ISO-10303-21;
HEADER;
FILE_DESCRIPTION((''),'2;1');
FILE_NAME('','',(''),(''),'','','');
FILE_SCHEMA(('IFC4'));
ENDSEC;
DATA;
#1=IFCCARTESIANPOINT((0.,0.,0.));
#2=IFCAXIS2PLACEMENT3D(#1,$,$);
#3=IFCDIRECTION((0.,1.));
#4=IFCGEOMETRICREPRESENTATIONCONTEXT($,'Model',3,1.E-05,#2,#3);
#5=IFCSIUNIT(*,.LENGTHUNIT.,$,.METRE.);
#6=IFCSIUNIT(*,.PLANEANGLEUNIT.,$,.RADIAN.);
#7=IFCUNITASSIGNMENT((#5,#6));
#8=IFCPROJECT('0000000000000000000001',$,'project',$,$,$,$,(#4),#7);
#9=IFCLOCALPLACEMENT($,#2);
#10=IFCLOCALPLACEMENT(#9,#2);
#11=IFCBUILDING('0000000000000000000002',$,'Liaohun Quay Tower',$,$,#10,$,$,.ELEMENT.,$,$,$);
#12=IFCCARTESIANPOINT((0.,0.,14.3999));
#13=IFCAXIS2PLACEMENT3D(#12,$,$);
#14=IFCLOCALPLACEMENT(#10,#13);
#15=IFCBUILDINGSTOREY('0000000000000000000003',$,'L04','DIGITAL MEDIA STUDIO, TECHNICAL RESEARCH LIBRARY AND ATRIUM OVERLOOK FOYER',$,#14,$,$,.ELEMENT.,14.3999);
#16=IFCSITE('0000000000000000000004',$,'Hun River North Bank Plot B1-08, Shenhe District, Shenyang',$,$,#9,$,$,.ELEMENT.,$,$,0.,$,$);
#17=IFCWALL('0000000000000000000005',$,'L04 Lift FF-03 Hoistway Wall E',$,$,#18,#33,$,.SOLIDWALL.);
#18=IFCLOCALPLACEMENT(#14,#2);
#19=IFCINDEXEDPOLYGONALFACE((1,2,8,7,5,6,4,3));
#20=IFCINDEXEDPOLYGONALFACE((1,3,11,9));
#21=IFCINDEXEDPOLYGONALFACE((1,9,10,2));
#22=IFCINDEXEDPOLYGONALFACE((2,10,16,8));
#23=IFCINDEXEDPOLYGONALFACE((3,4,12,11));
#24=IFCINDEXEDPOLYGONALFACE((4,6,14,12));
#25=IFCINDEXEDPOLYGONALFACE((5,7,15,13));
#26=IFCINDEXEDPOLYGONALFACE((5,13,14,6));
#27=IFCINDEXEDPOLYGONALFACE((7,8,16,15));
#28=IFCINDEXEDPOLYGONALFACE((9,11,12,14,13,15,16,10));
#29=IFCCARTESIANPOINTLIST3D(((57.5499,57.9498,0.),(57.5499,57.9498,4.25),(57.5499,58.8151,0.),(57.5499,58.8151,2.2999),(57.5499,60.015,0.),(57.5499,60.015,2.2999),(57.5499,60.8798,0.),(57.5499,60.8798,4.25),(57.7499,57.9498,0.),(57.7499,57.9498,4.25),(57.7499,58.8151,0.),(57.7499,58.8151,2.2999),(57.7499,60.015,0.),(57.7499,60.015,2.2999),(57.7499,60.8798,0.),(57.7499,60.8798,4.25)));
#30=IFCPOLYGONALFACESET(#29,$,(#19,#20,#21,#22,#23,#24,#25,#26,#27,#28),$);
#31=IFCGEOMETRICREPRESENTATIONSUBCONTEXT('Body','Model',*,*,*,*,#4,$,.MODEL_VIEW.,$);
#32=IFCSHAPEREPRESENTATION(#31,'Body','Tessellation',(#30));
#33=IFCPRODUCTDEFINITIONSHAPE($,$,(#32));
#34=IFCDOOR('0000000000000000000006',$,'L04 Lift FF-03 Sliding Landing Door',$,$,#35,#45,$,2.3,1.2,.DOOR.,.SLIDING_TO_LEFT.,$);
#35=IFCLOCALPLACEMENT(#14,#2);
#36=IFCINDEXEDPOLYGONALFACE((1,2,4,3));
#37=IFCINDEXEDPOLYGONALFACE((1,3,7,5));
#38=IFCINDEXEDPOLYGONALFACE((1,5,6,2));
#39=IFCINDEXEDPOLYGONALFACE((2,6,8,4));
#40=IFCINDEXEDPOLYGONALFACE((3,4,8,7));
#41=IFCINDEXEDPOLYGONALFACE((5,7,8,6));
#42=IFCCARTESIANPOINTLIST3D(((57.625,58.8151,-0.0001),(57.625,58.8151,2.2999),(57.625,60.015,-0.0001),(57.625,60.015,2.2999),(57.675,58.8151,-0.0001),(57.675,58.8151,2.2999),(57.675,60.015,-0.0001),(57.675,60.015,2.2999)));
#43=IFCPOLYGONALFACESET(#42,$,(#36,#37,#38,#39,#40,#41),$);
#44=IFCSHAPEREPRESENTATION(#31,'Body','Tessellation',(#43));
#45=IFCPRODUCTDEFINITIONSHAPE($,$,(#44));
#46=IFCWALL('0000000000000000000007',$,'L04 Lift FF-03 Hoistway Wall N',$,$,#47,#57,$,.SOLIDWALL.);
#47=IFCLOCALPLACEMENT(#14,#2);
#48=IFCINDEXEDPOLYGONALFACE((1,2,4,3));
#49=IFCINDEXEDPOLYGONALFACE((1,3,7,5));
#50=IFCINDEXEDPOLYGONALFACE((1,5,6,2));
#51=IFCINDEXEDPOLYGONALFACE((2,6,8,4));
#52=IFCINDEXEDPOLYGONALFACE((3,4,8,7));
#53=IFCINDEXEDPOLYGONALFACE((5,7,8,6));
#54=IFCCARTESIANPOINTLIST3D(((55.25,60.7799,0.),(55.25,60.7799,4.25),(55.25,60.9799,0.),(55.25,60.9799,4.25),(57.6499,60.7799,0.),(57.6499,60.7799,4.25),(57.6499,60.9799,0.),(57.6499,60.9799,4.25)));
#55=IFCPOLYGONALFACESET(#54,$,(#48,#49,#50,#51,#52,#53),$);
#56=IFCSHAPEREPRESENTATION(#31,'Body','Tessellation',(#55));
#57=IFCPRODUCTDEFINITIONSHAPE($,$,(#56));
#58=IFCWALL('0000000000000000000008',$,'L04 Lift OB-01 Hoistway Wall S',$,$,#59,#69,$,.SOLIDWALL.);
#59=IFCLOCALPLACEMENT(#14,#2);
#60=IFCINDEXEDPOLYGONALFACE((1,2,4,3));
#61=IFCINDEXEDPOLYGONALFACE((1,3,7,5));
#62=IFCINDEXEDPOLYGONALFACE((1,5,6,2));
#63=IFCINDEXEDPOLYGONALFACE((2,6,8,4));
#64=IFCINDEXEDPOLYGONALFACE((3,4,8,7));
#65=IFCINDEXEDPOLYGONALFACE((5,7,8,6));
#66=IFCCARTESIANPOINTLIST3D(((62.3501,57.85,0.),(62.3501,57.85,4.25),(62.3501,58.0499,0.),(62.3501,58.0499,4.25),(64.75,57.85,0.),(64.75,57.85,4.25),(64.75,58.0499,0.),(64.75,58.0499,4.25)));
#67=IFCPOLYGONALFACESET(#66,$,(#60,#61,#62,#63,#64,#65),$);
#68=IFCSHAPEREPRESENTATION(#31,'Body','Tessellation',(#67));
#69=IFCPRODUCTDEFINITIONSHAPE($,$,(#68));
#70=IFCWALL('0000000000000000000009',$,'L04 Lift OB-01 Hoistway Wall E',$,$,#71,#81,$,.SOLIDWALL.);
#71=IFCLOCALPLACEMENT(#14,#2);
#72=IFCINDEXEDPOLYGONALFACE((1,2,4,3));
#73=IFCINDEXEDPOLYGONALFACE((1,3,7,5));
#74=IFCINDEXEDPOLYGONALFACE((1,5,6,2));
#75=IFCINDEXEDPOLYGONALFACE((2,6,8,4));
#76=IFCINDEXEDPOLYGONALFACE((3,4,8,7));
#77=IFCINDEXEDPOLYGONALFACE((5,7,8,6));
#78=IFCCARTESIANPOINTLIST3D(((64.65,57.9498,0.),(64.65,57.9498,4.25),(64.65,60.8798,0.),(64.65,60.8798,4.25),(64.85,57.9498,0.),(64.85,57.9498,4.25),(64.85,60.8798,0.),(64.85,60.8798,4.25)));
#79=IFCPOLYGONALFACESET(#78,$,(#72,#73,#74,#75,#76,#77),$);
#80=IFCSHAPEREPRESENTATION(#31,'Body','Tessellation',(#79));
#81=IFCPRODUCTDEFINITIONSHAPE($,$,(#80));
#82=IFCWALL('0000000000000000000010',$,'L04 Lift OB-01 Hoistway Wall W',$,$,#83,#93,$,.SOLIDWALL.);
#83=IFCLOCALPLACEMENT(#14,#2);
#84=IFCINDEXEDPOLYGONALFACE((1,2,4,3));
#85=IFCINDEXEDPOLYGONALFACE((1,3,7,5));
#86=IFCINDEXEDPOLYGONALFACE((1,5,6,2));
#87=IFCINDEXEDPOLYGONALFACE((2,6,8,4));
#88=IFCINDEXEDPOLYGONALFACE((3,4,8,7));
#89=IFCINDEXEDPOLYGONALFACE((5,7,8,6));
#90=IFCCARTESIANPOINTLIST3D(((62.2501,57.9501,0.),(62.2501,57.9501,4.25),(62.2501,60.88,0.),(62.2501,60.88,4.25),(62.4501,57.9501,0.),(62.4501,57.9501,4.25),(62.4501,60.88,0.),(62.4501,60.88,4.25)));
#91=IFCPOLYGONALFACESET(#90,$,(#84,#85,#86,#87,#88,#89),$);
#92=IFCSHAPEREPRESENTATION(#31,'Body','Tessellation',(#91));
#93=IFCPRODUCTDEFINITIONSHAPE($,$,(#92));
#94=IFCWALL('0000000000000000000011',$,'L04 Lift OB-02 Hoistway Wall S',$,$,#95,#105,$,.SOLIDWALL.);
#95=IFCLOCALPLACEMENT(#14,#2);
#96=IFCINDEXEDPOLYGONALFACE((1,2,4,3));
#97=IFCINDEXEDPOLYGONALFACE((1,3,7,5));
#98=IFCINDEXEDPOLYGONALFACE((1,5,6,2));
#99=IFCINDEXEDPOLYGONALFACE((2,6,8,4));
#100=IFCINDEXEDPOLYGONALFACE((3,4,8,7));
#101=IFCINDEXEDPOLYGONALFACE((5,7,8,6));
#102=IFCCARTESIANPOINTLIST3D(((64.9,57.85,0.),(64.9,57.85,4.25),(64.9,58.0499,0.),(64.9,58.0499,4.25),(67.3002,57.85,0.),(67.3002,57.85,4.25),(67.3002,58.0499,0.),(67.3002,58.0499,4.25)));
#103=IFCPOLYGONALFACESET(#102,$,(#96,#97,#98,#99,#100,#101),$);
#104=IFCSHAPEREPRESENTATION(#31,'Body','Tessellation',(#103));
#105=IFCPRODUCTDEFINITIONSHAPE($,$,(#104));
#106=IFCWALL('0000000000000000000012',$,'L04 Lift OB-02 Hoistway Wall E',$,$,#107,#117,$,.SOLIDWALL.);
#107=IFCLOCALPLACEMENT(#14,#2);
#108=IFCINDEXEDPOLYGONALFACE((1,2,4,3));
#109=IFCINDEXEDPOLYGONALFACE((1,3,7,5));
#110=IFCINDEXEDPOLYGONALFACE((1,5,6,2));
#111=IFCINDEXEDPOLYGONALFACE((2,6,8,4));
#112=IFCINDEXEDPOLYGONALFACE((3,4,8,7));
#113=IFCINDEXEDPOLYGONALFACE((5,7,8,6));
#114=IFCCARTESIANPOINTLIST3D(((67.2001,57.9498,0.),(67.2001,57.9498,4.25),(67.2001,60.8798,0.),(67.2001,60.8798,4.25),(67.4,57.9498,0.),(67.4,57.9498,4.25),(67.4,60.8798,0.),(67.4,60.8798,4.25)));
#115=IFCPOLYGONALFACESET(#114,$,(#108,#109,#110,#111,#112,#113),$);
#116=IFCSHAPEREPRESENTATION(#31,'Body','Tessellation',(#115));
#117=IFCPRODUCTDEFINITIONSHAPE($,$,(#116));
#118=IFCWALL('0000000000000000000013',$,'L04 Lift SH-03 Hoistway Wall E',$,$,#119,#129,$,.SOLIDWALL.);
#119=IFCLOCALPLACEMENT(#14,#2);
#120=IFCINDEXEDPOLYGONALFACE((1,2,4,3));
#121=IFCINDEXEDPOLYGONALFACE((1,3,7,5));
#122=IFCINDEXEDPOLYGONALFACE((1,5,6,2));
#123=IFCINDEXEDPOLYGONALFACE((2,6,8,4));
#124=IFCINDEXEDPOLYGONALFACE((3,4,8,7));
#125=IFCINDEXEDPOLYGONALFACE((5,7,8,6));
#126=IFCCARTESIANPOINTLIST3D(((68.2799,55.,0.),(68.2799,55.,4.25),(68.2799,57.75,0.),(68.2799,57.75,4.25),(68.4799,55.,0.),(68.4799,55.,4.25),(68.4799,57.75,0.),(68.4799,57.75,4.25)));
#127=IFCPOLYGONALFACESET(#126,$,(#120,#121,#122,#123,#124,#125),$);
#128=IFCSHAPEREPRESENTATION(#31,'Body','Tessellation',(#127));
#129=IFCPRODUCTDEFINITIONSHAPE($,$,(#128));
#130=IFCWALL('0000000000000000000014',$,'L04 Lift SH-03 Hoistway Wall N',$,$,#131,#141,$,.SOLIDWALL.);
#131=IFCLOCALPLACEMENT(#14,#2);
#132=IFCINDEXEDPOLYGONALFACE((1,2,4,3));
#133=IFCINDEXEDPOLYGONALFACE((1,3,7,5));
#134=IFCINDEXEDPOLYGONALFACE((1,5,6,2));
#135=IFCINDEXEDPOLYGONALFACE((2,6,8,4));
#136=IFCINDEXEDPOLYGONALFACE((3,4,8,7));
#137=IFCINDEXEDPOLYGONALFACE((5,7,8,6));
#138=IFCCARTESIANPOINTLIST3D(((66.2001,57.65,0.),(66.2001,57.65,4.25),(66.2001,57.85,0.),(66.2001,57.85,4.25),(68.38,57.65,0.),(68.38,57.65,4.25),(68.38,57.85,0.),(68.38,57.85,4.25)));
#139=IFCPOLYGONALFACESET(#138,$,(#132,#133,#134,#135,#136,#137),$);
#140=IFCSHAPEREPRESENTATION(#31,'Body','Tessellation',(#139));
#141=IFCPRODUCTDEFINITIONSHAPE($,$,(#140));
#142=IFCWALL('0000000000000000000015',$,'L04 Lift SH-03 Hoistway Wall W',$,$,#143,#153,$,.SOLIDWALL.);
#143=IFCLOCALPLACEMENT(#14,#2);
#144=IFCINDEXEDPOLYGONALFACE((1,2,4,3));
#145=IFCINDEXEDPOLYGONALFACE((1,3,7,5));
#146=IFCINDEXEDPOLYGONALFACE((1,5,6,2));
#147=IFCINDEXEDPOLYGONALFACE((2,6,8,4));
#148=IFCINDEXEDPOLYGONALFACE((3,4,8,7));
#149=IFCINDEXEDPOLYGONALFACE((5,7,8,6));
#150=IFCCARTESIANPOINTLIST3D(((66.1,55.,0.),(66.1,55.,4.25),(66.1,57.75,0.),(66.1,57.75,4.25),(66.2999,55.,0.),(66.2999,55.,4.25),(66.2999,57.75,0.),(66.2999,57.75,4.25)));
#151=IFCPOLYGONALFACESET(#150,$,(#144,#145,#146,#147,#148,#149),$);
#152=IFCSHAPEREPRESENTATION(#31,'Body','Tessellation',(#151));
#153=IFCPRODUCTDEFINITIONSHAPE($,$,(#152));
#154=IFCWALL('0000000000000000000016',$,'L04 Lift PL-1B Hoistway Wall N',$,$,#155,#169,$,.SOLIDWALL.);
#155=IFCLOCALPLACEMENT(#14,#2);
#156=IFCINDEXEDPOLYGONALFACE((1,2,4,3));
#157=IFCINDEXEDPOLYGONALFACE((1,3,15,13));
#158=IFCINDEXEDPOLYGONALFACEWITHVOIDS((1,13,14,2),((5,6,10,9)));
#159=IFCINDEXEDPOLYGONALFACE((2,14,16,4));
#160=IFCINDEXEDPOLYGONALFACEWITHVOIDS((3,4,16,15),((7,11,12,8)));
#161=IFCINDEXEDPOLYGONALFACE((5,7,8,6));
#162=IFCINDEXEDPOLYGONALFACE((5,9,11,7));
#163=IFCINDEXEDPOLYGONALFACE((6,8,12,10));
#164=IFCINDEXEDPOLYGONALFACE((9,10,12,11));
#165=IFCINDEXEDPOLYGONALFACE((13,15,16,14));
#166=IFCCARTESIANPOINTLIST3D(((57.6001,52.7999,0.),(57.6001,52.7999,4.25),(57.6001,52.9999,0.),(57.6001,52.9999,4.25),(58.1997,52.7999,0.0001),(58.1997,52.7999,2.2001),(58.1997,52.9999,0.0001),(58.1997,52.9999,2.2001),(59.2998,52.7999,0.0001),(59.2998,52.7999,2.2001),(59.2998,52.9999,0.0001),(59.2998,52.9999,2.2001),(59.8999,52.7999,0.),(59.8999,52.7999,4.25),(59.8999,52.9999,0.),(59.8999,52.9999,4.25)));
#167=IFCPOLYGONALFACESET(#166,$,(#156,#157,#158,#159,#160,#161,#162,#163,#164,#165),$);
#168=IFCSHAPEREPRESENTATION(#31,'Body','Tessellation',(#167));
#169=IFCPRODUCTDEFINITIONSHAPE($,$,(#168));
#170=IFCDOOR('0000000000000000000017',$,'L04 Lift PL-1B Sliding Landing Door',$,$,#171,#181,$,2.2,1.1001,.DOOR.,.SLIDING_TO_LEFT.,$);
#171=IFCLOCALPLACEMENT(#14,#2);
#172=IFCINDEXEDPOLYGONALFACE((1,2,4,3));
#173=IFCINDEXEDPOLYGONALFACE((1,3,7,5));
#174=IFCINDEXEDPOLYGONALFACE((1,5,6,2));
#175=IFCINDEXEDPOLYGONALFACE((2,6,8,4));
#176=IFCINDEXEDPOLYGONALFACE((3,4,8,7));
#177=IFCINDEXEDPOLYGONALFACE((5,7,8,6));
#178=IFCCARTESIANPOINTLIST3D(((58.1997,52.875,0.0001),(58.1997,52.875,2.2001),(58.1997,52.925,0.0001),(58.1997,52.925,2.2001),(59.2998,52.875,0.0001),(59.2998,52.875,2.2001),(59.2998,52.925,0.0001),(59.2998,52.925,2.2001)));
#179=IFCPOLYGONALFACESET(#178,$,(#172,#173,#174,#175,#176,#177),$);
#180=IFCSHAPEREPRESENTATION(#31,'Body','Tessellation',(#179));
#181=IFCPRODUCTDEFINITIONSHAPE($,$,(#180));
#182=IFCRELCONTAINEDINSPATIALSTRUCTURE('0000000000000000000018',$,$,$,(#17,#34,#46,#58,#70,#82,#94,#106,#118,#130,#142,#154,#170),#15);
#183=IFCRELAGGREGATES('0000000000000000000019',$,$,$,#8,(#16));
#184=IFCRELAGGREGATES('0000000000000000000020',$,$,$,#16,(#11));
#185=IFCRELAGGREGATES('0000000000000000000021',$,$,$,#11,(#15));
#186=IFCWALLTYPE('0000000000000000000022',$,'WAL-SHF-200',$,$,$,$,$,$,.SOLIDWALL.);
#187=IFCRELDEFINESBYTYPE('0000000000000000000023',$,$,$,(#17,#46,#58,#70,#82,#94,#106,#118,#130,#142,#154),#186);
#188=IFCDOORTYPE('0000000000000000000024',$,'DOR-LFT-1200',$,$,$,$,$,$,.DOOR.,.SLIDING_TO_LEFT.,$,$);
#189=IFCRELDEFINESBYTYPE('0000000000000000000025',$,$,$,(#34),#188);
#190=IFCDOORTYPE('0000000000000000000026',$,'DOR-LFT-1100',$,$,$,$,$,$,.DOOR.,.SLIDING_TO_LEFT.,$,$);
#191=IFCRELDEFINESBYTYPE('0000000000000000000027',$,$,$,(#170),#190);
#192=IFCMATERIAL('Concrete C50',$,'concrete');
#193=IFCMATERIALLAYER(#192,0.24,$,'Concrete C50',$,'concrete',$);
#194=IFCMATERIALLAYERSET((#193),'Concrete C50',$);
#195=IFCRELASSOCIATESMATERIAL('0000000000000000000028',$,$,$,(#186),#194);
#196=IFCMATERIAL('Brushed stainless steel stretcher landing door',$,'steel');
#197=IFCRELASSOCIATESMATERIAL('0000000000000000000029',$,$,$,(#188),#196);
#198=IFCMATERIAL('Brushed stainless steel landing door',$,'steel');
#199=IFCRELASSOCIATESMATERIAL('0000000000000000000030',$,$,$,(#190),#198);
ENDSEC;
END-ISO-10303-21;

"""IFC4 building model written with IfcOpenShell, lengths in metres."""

from ifc_helpers import new_model, si_unit, direction, frame, frame_2d, origin, place, context, subcontext, project, spatial, rectangle, extrude, source, transform, mapped, material, layer, layer_set, type_object, element, fill, save


model = new_model("IFC4")

# Units and contexts
model_context = context("Model", 3, precision=1e-05, world=origin(), true_north=direction((0.0, 1.0)))
body_context = subcontext(model_context, "Body", "Model", "MODEL_VIEW")
ifc_project = project(units=[si_unit("LENGTHUNIT", "METRE"), si_unit("PLANEANGLEUNIT", "RADIAN")], contexts=[model_context])

# Site, building, storey
site_placement = place(None, origin())
site = spatial("IfcSite", under=ifc_project, at=site_placement, Name="Hun River North Bank Plot B1-08, Shenhe District, Shenyang", CompositionType="ELEMENT", RefElevation=0.0)
building_placement = place(site_placement, origin())
building = spatial("IfcBuilding", under=site, at=building_placement, Name="Liaohun Quay Tower", CompositionType="ELEMENT")
storey_placement = place(building_placement, frame((0.0, 0.0, 14.3999)))
storey = spatial("IfcBuildingStorey", under=building, at=storey_placement, Name="L04", Description="DIGITAL MEDIA STUDIO, TECHNICAL RESEARCH LIBRARY AND ATRIUM OVERLOOK FOYER", CompositionType="ELEMENT", Elevation=14.3999)

# Wall, opening, door
ifc_material_1 = material(Name="Concrete C50", Category="concrete")
ifc_layer_1 = layer(ifc_material_1, 0.24, Name="Concrete C50", Category="concrete")
ifc_layer_set_1 = layer_set([ifc_layer_1], Name="Concrete C50")
wall_type_1 = type_object("IfcWallType", Name="WAL-SHF-200", PredefinedType="SOLIDWALL", material=ifc_layer_set_1)
wall_1_placement = place(storey_placement, frame((57.6499, 57.95, 0.0), z_axis=(0.0, 0.0, 1.0), x_axis=(0.0, 1.0, 0.0)))
wall_1 = element("IfcWall", 1, at=wall_1_placement, inside=storey, type_object=wall_type_1, Name="L04 Lift FF-03 Hoistway Wall E", PredefinedType="SOLIDWALL", context=body_context, shape_type="SweptSolid", body=[
    extrude(rectangle(XDim=2.9299, YDim=0.2, at=frame_2d((1.4648, 0.0))), origin(), (0.0, 0.0, 1.0), 4.25),
])
shared_shape_1 = source(origin(), body_context, "Body", "SweptSolid", [
    extrude(rectangle(XDim=1.2, YDim=2.3, at=frame_2d((0.6001, 1.1499))), frame((0.0, 0.1099, 0.0), z_axis=(0.0, -1.0, 0.0), x_axis=(1.0, 0.0, 0.0)), (0.0, 0.0, 1.0), 0.22),
])
opening_1_placement = place(wall_1_placement, frame((0.865, 0.0, 0.0)))
opening_1 = element("IfcOpeningElement", 2, at=opening_1_placement, cuts=wall_1, PredefinedType="OPENING", context=body_context, shape_type="MappedRepresentation", body=[
    mapped(shared_shape_1, transform((0.0, 0.0, 0.0), x_axis=(1.0, 0.0, 0.0), y_axis=(0.0, 1.0, 0.0), z_axis=(0.0, 0.0, 1.0), scale=1.0)),
])
ifc_material_2 = material(Name="Brushed stainless steel stretcher landing door", Category="steel")
door_type_1 = type_object("IfcDoorType", Name="DOR-LFT-1200", OperationType="SLIDING_TO_LEFT", PredefinedType="DOOR", material=ifc_material_2)
shared_shape_2 = source(origin(), body_context, "Body", "SweptSolid", [
    extrude(rectangle(XDim=1.2, YDim=2.3, at=frame_2d((0.6001, 1.1499))), frame((0.0, 0.0249, 0.0), z_axis=(0.0, -1.0, 0.0), x_axis=(1.0, 0.0, 0.0)), (0.0, 0.0, 1.0), 0.05),
])
door_1_placement = place(opening_1_placement, origin())
door_1 = element("IfcDoor", 3, at=door_1_placement, inside=storey, type_object=door_type_1, Name="L04 Lift FF-03 Sliding Landing Door", OperationType="SLIDING_TO_LEFT", OverallHeight=2.3, OverallWidth=1.2, PredefinedType="DOOR", context=body_context, shape_type="MappedRepresentation", body=[
    mapped(shared_shape_2, transform((0.0, 0.0, 0.0), x_axis=(1.0, 0.0, 0.0), y_axis=(0.0, 1.0, 0.0), z_axis=(0.0, 0.0, 1.0), scale=1.0)),
])
fill(opening_1, door_1)

# Walls
for number, where, z_axis, x_axis, name in (
    (4, (57.6499, 60.8799, 0.0), (0.0, 0.0, 1.0), (-1.0, 0.0, 0.0), "L04 Lift FF-03 Hoistway Wall N"),
    (5, (62.3501, 57.95, 0.0), (0.0, 0.0, 1.0), (1.0, 0.0, 0.0), "L04 Lift OB-01 Hoistway Wall S"),
):
    element("IfcWall", number, at=place(storey_placement, frame(where, z_axis=z_axis, x_axis=x_axis)), inside=storey, type_object=wall_type_1, Name=name, PredefinedType="SOLIDWALL", context=body_context, shape_type="SweptSolid", body=[
        extrude(rectangle(XDim=2.3999, YDim=0.2, at=frame_2d((1.2, 0.0))), origin(), (0.0, 0.0, 1.0), 4.25),
    ])
for number, where, z_axis, x_axis, name in (
    (6, (64.75, 57.95, 0.0), (0.0, 0.0, 1.0), (0.0, 1.0, 0.0), "L04 Lift OB-01 Hoistway Wall E"),
    (7, (62.3501, 60.8799, 0.0), (0.0, 0.0, 1.0), (0.0, -1.0, 0.0), "L04 Lift OB-01 Hoistway Wall W"),
):
    element("IfcWall", number, at=place(storey_placement, frame(where, z_axis=z_axis, x_axis=x_axis)), inside=storey, type_object=wall_type_1, Name=name, PredefinedType="SOLIDWALL", context=body_context, shape_type="SweptSolid", body=[
        extrude(rectangle(XDim=2.9299, YDim=0.2, at=frame_2d((1.4648, 0.0))), origin(), (0.0, 0.0, 1.0), 4.25),
    ])
wall_2_placement = place(storey_placement, frame((64.8999, 57.95, 0.0), z_axis=(0.0, 0.0, 1.0), x_axis=(1.0, 0.0, 0.0)))
element("IfcWall", 8, at=wall_2_placement, inside=storey, type_object=wall_type_1, Name="L04 Lift OB-02 Hoistway Wall S", PredefinedType="SOLIDWALL", context=body_context, shape_type="SweptSolid", body=[
    extrude(rectangle(XDim=2.4001, YDim=0.2, at=frame_2d((1.2002, 0.0))), origin(), (0.0, 0.0, 1.0), 4.25),
])
wall_3_placement = place(storey_placement, frame((67.3, 57.95, 0.0), z_axis=(0.0, 0.0, 1.0), x_axis=(0.0, 1.0, 0.0)))
element("IfcWall", 9, at=wall_3_placement, inside=storey, type_object=wall_type_1, Name="L04 Lift OB-02 Hoistway Wall E", PredefinedType="SOLIDWALL", context=body_context, shape_type="SweptSolid", body=[
    extrude(rectangle(XDim=2.9299, YDim=0.2, at=frame_2d((1.4648, 0.0))), origin(), (0.0, 0.0, 1.0), 4.25),
])
wall_4_placement = place(storey_placement, frame((68.3799, 55.0, 0.0), z_axis=(0.0, 0.0, 1.0), x_axis=(0.0, 1.0, 0.0)))
element("IfcWall", 10, at=wall_4_placement, inside=storey, type_object=wall_type_1, Name="L04 Lift SH-03 Hoistway Wall E", PredefinedType="SOLIDWALL", context=body_context, shape_type="SweptSolid", body=[
    extrude(rectangle(XDim=2.75, YDim=0.2, at=frame_2d((1.375, 0.0))), origin(), (0.0, 0.0, 1.0), 4.25),
])
wall_5_placement = place(storey_placement, frame((68.3799, 57.75, 0.0), z_axis=(0.0, 0.0, 1.0), x_axis=(-1.0, 0.0, 0.0)))
element("IfcWall", 11, at=wall_5_placement, inside=storey, type_object=wall_type_1, Name="L04 Lift SH-03 Hoistway Wall N", PredefinedType="SOLIDWALL", context=body_context, shape_type="SweptSolid", body=[
    extrude(rectangle(XDim=2.1799, YDim=0.2, at=frame_2d((1.0898, 0.0))), origin(), (0.0, 0.0, 1.0), 4.25),
])
wall_6_placement = place(storey_placement, frame((66.2, 57.75, 0.0), z_axis=(0.0, 0.0, 1.0), x_axis=(0.0, -1.0, 0.0)))
element("IfcWall", 12, at=wall_6_placement, inside=storey, type_object=wall_type_1, Name="L04 Lift SH-03 Hoistway Wall W", PredefinedType="SOLIDWALL", context=body_context, shape_type="SweptSolid", body=[
    extrude(rectangle(XDim=2.75, YDim=0.2, at=frame_2d((1.375, 0.0))), origin(), (0.0, 0.0, 1.0), 4.25),
])

# Wall, opening, door
wall_7_placement = place(storey_placement, frame((59.8999, 52.8999, 0.0), z_axis=(0.0, 0.0, 1.0), x_axis=(-1.0, 0.0, 0.0)))
wall_7 = element("IfcWall", 13, at=wall_7_placement, inside=storey, type_object=wall_type_1, Name="L04 Lift PL-1B Hoistway Wall N", PredefinedType="SOLIDWALL", context=body_context, shape_type="SweptSolid", body=[
    extrude(rectangle(XDim=2.2998, YDim=0.2, at=frame_2d((1.1499, 0.0))), origin(), (0.0, 0.0, 1.0), 4.25),
])
shared_shape_3 = source(origin(), body_context, "Body", "SweptSolid", [
    extrude(rectangle(XDim=1.1001, YDim=2.2, at=frame_2d((0.55, 1.1001))), frame((0.0, 0.1099, 0.0), z_axis=(0.0, -1.0, 0.0), x_axis=(1.0, 0.0, 0.0)), (0.0, 0.0, 1.0), 0.22),
])
opening_2_placement = place(wall_7_placement, frame((0.6001, 0.0, 0.0)))
opening_2 = element("IfcOpeningElement", 14, at=opening_2_placement, cuts=wall_7, PredefinedType="OPENING", context=body_context, shape_type="MappedRepresentation", body=[
    mapped(shared_shape_3, transform((0.0, 0.0, 0.0), x_axis=(1.0, 0.0, 0.0), y_axis=(0.0, 1.0, 0.0), z_axis=(0.0, 0.0, 1.0), scale=1.0)),
])
ifc_material_3 = material(Name="Brushed stainless steel landing door", Category="steel")
door_type_2 = type_object("IfcDoorType", Name="DOR-LFT-1100", OperationType="SLIDING_TO_LEFT", PredefinedType="DOOR", material=ifc_material_3)
shared_shape_4 = source(origin(), body_context, "Body", "SweptSolid", [
    extrude(rectangle(XDim=1.1001, YDim=2.2, at=frame_2d((0.55, 1.1001))), frame((0.0, 0.0249, 0.0), z_axis=(0.0, -1.0, 0.0), x_axis=(1.0, 0.0, 0.0)), (0.0, 0.0, 1.0), 0.05),
])
door_2_placement = place(opening_2_placement, origin())
door_2 = element("IfcDoor", 15, at=door_2_placement, inside=storey, type_object=door_type_2, Name="L04 Lift PL-1B Sliding Landing Door", OperationType="SLIDING_TO_LEFT", OverallHeight=2.2, OverallWidth=1.1001, PredefinedType="DOOR", context=body_context, shape_type="MappedRepresentation", body=[
    mapped(shared_shape_4, transform((0.0, 0.0, 0.0), x_axis=(1.0, 0.0, 0.0), y_axis=(0.0, 1.0, 0.0), z_axis=(0.0, 0.0, 1.0), scale=1.0)),
])
fill(opening_2, door_2)

save(model, "model.ifc")
